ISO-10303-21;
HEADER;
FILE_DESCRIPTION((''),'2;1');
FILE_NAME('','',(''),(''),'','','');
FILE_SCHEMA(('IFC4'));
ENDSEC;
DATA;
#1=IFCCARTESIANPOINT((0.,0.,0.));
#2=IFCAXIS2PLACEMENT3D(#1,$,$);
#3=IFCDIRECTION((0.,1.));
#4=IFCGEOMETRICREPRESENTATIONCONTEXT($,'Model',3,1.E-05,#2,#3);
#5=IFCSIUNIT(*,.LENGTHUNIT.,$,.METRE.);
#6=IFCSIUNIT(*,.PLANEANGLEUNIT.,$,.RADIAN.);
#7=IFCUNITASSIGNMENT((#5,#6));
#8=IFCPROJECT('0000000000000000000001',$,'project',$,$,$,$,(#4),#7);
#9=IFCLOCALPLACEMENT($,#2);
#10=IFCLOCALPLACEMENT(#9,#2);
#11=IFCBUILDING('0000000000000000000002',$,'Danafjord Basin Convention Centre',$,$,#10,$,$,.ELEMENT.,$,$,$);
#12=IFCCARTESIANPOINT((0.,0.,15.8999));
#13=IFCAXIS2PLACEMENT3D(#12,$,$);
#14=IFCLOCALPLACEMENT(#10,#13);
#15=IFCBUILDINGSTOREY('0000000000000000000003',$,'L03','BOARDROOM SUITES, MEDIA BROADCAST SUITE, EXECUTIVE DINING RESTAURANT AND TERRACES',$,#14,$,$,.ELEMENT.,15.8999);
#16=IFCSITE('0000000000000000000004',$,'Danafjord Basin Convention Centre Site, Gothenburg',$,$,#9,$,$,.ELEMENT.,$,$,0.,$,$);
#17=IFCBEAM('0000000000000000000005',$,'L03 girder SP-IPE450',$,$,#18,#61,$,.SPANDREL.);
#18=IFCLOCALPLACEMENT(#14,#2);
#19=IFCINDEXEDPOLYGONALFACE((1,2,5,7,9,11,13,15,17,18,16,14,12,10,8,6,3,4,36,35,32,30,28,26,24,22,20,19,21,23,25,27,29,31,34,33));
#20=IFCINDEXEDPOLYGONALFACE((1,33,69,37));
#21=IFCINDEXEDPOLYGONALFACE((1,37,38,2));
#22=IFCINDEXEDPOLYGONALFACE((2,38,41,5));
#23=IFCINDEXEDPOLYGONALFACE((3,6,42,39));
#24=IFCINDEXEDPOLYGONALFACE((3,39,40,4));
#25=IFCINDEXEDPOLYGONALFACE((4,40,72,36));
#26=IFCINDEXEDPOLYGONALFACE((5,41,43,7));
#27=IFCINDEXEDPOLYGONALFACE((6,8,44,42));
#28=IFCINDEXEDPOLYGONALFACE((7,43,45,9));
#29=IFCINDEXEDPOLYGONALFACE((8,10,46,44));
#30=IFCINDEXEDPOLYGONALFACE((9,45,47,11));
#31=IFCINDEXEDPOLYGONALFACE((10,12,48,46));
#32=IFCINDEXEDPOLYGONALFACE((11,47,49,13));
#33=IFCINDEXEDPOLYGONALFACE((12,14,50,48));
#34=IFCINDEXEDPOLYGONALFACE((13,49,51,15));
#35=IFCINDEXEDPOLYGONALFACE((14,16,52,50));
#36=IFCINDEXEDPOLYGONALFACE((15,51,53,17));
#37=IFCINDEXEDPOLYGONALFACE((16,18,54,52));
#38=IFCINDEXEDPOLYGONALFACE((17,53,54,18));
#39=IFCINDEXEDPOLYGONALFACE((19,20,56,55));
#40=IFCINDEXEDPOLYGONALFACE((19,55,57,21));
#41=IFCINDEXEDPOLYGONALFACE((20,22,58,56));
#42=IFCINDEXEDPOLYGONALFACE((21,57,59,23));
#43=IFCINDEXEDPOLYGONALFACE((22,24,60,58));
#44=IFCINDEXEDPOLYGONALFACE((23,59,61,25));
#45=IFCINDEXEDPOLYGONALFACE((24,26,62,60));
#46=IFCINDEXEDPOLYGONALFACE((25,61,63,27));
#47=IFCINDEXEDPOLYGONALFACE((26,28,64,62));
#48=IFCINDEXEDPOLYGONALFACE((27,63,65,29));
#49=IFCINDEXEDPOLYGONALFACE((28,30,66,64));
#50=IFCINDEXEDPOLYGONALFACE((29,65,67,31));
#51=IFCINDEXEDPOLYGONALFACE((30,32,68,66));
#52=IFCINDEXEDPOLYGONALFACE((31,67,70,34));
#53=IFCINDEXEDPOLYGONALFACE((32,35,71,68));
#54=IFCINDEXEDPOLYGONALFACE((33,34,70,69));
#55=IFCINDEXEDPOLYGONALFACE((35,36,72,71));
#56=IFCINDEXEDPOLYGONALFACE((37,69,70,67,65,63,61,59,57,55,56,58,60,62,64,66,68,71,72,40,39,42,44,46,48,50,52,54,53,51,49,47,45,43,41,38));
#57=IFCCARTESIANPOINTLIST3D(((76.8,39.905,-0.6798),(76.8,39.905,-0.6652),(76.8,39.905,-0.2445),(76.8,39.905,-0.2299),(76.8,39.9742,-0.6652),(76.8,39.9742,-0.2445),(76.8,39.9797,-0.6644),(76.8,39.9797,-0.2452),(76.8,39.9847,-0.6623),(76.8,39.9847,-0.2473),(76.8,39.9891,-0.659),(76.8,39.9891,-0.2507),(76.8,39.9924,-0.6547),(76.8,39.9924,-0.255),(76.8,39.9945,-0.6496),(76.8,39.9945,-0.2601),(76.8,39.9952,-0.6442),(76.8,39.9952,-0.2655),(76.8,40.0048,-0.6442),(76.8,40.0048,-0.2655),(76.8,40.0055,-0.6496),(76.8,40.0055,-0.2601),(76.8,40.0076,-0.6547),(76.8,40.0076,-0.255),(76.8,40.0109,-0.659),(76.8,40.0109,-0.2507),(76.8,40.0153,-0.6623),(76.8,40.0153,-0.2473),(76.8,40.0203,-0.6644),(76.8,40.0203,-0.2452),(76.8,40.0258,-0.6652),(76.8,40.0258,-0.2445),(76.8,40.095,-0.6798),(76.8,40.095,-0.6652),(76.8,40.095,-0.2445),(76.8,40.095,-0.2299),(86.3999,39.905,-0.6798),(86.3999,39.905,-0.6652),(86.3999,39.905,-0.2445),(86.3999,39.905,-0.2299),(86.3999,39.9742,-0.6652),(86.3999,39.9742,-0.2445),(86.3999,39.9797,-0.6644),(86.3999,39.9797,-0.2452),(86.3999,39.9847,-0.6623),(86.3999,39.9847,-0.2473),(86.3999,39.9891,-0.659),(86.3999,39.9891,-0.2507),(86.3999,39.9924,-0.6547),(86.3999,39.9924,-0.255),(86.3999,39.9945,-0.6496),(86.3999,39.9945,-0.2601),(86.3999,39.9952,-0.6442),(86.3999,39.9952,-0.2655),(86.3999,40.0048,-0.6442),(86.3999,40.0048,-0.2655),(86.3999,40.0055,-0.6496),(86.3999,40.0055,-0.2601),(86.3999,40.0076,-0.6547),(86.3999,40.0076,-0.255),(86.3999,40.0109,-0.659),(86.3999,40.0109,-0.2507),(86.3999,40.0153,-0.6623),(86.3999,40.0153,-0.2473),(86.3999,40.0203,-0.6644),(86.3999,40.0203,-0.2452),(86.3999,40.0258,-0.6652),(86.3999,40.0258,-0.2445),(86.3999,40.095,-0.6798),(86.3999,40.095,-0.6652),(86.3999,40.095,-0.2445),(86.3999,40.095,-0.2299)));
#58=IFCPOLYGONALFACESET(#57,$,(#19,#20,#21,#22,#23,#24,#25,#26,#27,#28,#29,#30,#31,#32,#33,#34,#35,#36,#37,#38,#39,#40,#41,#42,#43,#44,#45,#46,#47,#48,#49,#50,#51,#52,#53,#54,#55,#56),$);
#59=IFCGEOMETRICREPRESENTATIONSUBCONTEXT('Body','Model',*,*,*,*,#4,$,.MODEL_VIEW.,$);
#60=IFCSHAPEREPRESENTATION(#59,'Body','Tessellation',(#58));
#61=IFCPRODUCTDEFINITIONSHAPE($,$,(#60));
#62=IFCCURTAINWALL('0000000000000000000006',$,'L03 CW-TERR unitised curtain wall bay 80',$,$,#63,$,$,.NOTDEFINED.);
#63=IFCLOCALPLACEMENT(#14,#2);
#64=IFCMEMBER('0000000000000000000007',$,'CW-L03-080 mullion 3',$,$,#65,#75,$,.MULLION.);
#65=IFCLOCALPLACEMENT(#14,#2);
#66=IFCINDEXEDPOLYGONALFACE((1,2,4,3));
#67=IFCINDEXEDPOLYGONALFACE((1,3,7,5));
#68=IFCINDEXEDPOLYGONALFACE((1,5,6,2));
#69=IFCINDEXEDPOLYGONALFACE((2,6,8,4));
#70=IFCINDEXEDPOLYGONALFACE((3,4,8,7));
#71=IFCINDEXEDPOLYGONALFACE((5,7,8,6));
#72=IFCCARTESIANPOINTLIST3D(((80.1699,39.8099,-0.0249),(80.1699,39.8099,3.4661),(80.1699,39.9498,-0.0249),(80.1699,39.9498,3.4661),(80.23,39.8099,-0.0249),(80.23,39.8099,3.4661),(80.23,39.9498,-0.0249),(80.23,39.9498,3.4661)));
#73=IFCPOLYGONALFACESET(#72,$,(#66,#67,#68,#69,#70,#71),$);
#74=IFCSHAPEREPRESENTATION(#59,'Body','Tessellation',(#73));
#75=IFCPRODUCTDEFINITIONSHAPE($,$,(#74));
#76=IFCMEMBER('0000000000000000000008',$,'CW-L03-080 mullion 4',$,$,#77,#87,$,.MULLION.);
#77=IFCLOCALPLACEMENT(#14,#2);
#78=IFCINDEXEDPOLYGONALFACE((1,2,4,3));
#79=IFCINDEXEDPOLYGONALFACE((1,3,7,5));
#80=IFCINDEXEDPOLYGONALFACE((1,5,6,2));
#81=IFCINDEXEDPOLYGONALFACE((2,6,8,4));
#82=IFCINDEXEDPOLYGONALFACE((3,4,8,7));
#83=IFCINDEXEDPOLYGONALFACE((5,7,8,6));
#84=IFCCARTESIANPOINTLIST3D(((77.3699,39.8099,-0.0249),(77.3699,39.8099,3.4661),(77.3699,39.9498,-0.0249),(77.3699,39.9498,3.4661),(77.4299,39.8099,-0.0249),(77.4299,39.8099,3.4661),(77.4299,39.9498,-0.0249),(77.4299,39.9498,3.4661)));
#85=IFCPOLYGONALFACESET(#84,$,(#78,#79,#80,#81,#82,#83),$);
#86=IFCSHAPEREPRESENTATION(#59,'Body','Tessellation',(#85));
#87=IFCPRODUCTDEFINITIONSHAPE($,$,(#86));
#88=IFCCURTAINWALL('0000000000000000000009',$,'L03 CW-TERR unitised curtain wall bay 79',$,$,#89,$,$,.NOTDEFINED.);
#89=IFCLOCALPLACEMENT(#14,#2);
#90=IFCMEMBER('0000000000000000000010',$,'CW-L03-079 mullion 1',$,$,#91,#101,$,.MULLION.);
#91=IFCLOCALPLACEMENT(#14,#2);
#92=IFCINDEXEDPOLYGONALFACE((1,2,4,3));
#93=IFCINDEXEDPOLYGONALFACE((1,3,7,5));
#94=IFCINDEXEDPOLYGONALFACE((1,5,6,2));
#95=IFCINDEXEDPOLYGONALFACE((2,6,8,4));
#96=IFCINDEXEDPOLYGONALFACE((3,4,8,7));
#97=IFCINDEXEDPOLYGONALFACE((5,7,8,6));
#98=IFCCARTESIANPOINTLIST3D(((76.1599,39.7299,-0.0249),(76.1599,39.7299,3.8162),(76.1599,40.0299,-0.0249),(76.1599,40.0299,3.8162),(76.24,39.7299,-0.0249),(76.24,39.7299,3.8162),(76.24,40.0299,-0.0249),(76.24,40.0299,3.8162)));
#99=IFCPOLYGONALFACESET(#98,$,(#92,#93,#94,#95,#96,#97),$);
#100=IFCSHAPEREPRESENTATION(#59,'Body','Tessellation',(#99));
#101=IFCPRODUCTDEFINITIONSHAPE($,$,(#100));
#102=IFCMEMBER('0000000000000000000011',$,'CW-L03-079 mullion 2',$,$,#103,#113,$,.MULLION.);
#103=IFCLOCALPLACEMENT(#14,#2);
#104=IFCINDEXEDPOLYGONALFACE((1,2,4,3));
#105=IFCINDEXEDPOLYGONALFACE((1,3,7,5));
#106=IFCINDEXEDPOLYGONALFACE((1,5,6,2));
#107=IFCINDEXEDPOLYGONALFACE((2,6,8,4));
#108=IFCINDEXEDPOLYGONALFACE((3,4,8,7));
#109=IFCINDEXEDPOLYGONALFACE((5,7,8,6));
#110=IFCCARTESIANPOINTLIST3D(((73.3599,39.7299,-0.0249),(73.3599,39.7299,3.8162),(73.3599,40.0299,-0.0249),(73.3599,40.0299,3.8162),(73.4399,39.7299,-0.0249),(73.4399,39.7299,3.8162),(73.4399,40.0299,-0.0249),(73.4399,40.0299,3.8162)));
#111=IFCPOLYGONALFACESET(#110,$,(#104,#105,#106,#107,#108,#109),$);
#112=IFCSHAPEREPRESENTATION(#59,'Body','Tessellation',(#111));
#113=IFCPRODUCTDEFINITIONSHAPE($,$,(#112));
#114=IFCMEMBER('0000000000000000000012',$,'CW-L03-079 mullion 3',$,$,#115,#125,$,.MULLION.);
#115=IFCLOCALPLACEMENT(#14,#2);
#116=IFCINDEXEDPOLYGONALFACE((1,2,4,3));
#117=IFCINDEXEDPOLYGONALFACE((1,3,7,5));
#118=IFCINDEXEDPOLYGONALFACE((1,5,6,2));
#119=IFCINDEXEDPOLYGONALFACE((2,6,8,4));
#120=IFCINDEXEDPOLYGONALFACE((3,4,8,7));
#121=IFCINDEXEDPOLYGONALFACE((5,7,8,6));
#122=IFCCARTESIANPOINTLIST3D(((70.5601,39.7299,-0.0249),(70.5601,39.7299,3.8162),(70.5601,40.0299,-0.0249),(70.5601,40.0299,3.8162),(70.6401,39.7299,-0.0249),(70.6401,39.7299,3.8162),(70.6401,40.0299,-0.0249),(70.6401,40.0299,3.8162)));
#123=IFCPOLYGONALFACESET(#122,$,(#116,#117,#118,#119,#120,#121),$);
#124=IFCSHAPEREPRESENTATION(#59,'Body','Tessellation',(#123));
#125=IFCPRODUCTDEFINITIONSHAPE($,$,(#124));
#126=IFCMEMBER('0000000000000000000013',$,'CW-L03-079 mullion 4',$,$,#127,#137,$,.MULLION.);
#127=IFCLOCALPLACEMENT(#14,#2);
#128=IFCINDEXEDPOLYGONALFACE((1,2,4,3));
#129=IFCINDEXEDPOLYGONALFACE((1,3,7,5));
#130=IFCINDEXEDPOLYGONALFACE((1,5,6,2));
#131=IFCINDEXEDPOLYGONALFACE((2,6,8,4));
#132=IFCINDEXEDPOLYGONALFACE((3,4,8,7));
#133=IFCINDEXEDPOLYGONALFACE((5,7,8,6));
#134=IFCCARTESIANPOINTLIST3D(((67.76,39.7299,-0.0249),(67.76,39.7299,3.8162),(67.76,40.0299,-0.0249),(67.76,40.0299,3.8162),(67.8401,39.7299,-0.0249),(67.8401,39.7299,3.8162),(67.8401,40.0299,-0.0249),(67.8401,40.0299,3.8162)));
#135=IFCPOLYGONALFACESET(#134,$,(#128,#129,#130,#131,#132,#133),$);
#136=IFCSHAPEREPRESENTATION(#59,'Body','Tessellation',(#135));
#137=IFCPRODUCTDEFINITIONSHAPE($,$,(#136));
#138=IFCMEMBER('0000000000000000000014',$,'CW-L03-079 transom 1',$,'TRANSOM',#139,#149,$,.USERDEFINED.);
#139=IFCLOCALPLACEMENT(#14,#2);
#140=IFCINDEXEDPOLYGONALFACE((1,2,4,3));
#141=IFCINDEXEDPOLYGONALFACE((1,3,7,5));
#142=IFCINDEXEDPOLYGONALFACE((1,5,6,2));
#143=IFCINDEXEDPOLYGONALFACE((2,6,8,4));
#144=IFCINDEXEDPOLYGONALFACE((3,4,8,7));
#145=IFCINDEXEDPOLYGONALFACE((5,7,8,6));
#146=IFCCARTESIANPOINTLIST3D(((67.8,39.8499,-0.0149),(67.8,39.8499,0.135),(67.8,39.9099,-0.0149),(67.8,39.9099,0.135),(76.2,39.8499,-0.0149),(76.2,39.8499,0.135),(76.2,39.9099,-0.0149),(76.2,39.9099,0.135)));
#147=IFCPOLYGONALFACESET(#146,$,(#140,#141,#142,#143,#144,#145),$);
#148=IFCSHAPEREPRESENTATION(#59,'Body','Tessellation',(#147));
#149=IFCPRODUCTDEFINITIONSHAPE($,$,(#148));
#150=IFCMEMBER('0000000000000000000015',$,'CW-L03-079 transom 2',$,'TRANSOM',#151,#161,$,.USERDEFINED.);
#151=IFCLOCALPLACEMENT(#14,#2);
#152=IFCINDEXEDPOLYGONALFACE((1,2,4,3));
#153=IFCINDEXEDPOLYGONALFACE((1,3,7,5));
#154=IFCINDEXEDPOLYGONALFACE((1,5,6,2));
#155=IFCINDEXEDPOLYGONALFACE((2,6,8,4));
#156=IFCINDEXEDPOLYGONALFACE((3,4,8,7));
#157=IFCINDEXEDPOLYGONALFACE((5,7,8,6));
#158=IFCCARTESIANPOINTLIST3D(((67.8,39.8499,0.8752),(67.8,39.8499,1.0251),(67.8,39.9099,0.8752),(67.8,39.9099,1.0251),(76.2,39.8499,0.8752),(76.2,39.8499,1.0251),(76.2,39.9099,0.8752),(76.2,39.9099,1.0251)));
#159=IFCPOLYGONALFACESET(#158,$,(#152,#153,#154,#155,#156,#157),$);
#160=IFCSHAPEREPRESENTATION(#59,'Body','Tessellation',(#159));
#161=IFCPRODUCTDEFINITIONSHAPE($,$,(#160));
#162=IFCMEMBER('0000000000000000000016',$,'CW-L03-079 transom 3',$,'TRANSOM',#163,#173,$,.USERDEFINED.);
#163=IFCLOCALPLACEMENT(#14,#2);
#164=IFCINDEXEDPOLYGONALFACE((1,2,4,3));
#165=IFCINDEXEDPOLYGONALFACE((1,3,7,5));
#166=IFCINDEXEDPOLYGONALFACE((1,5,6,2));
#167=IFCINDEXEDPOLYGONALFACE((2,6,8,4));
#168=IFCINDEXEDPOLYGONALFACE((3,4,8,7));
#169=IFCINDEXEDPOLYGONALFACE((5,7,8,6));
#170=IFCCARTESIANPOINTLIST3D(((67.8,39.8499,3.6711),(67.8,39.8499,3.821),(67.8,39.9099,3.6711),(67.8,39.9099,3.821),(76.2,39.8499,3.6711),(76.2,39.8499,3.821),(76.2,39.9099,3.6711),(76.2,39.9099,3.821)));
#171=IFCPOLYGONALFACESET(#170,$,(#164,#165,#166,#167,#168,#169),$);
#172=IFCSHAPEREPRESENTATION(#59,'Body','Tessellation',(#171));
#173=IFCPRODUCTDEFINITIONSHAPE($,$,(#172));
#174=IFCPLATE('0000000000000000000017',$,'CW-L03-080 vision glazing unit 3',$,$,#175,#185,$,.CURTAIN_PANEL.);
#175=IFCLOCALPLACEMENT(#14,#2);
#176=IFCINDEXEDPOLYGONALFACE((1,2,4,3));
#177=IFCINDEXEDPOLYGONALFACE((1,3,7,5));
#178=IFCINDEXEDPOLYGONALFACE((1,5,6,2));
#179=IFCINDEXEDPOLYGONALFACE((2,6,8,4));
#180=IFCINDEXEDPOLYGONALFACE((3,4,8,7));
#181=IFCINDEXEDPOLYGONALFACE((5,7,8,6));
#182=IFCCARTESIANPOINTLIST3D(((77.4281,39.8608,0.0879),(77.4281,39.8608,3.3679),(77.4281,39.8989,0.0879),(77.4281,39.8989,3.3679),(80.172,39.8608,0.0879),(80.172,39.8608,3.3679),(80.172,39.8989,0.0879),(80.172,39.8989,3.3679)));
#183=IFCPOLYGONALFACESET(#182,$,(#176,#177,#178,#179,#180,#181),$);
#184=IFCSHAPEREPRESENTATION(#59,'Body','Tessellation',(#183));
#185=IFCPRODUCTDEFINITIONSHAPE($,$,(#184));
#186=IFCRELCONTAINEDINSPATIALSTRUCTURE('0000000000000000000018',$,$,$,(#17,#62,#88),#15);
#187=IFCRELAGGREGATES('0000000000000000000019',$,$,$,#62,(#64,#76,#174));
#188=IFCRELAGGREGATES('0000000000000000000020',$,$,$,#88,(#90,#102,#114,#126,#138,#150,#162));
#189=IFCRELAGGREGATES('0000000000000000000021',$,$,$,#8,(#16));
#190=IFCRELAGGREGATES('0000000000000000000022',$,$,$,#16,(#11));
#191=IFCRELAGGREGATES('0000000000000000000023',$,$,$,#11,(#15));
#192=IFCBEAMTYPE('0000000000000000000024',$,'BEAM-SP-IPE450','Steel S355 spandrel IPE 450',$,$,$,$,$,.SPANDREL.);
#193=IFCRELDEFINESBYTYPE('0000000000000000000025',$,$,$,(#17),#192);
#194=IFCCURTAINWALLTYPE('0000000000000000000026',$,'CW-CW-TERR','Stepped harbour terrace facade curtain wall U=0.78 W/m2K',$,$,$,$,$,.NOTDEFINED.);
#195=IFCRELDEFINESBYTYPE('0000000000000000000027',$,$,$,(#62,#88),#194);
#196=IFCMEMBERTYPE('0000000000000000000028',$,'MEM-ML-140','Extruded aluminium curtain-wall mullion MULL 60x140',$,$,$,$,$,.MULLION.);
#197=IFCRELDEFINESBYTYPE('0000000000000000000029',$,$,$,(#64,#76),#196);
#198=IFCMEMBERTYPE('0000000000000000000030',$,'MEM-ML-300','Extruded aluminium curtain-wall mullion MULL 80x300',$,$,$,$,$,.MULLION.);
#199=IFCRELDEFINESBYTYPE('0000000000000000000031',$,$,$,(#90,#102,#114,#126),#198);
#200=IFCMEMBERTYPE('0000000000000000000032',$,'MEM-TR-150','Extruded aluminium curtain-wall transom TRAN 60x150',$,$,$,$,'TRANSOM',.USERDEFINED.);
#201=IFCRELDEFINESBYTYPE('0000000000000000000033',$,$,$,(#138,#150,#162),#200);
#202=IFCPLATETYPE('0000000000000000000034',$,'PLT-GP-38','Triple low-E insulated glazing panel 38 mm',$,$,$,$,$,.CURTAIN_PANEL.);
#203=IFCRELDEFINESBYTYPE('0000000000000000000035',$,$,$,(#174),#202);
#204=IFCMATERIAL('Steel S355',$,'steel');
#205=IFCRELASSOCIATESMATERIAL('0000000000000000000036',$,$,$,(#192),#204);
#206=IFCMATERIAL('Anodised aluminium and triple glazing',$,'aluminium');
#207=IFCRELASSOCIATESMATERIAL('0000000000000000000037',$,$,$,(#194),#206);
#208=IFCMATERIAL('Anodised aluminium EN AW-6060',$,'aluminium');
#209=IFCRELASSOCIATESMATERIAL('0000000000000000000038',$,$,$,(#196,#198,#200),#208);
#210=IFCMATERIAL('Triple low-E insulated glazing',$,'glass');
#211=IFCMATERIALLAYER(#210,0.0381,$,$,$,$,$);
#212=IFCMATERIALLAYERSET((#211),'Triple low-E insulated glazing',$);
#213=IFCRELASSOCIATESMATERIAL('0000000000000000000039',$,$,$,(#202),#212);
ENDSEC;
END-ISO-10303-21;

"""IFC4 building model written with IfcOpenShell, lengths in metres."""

from ifc_helpers import new_model, si_unit, direction, frame, origin, origin_2d, place, context, subcontext, project, spatial, rectangle, i_section, extrude, material, layer, layer_set, material_profile, profile_set, type_object, element, aggregate, save


model = new_model("IFC4")

# Units and contexts
model_context = context("Model", 3, precision=1e-05, world=origin(), true_north=direction((0.0, 1.0)))
body_context = subcontext(model_context, "Body", "Model", "MODEL_VIEW")
ifc_project = project(units=[si_unit("LENGTHUNIT", "METRE"), si_unit("PLANEANGLEUNIT", "RADIAN")], contexts=[model_context])

# Site, building, storey
site_placement = place(None, origin())
site = spatial("IfcSite", under=ifc_project, at=site_placement, Name="Danafjord Basin Convention Centre Site, Gothenburg", CompositionType="ELEMENT", RefElevation=0.0)
building_placement = place(site_placement, origin())
building = spatial("IfcBuilding", under=site, at=building_placement, Name="Danafjord Basin Convention Centre", CompositionType="ELEMENT")
storey_placement = place(building_placement, frame((0.0, 0.0, 15.8999)))
storey = spatial("IfcBuildingStorey", under=building, at=storey_placement, Name="L03", Description="BOARDROOM SUITES, MEDIA BROADCAST SUITE, EXECUTIVE DINING RESTAURANT AND TERRACES", CompositionType="ELEMENT", Elevation=15.8999)

# Shared definitions
ifc_material_1 = material(Name="Steel S355", Category="steel")

# Beam
ifc_material_profile_1 = material_profile(ifc_material_1, i_section(OverallWidth=0.1899, OverallDepth=0.45, WebThickness=0.0095, FlangeThickness=0.0146, FilletRadius=0.021, at=origin_2d()), Name="IPE 450")
ifc_profile_set_1 = profile_set([ifc_material_profile_1], Name="Steel S355")
beam_type_1 = type_object("IfcBeamType", Name="BEAM-SP-IPE450", Description="Steel S355 spandrel IPE 450", PredefinedType="SPANDREL", material=ifc_profile_set_1)
beam_1_placement = place(storey_placement, frame((76.8, 40.0, -0.4548), z_axis=(1.0, 0.0, 0.0), x_axis=(0.0, 1.0, 0.0)))
element("IfcBeam", 1, at=beam_1_placement, inside=storey, type_object=beam_type_1, Name="L03 girder SP-IPE450", PredefinedType="SPANDREL", context=body_context, shape_type="SweptSolid", body=[
    extrude(i_section(OverallWidth=0.1899, OverallDepth=0.45, WebThickness=0.0095, FlangeThickness=0.0146, FilletRadius=0.021, at=origin_2d()), origin(), (0.0, 0.0, 1.0), 9.5999),
])

# Curtain walls, members
ifc_material_2 = material(Name="Anodised aluminium and triple glazing", Category="aluminium")
curtain_wall_type = type_object("IfcCurtainWallType", Name="CW-CW-TERR", Description="Stepped harbour terrace facade curtain wall U=0.78 W/m2K", PredefinedType="NOTDEFINED", material=ifc_material_2)
curtain_wall_1_placement = place(storey_placement, origin())
curtain_wall_1 = element("IfcCurtainWall", 2, at=curtain_wall_1_placement, inside=storey, type_object=curtain_wall_type, Name="L03 CW-TERR unitised curtain wall bay 80", PredefinedType="NOTDEFINED")
ifc_material_3 = material(Name="Anodised aluminium EN AW-6060", Category="aluminium")
ifc_material_profile_2 = material_profile(ifc_material_3, rectangle(XDim=0.0601, YDim=0.1399, at=origin_2d()), Name="MULL 60x140")
ifc_profile_set_2 = profile_set([ifc_material_profile_2], Name="Anodised aluminium EN AW-6060")
member_type_1 = type_object("IfcMemberType", Name="MEM-ML-140", Description="Extruded aluminium curtain-wall mullion MULL 60x140", PredefinedType="MULLION", material=ifc_profile_set_2)
member_1_placement = place(storey_placement, frame((80.2, 39.8799, -0.0249), z_axis=(0.0, 0.0, 1.0), x_axis=(-1.0, 0.0, 0.0)))
member_1 = element("IfcMember", 3, at=member_1_placement, type_object=member_type_1, Name="CW-L03-080 mullion 3", PredefinedType="MULLION", context=body_context, shape_type="SweptSolid", body=[
    extrude(rectangle(XDim=0.0601, YDim=0.1399, at=origin_2d()), origin(), (0.0, 0.0, 1.0), 3.491),
])
member_2_placement = place(storey_placement, frame((77.3999, 39.8799, -0.0249), z_axis=(0.0, 0.0, 1.0), x_axis=(-1.0, 0.0, 0.0)))
member_2 = element("IfcMember", 4, at=member_2_placement, type_object=member_type_1, Name="CW-L03-080 mullion 4", PredefinedType="MULLION", context=body_context, shape_type="SweptSolid", body=[
    extrude(rectangle(XDim=0.0601, YDim=0.1399, at=origin_2d()), origin(), (0.0, 0.0, 1.0), 3.491),
])
curtain_wall_2_placement = place(storey_placement, origin())
curtain_wall_2 = element("IfcCurtainWall", 5, at=curtain_wall_2_placement, inside=storey, type_object=curtain_wall_type, Name="L03 CW-TERR unitised curtain wall bay 79", PredefinedType="NOTDEFINED")
ifc_material_profile_3 = material_profile(ifc_material_3, rectangle(XDim=0.0801, YDim=0.3, at=origin_2d()), Name="MULL 80x300")
ifc_profile_set_3 = profile_set([ifc_material_profile_3], Name="Anodised aluminium EN AW-6060")
member_type_2 = type_object("IfcMemberType", Name="MEM-ML-300", Description="Extruded aluminium curtain-wall mullion MULL 80x300", PredefinedType="MULLION", material=ifc_profile_set_3)
member_3_placement = place(storey_placement, frame((76.2, 39.8799, -0.0249), z_axis=(0.0, 0.0, 1.0), x_axis=(-1.0, 0.0, 0.0)))
member_3 = element("IfcMember", 6, at=member_3_placement, type_object=member_type_2, Name="CW-L03-079 mullion 1", PredefinedType="MULLION", context=body_context, shape_type="SweptSolid", body=[
    extrude(rectangle(XDim=0.0801, YDim=0.3, at=origin_2d()), origin(), (0.0, 0.0, 1.0), 3.8411),
])
member_4_placement = place(storey_placement, frame((73.3999, 39.8799, -0.0249), z_axis=(0.0, 0.0, 1.0), x_axis=(-1.0, 0.0, 0.0)))
member_4 = element("IfcMember", 7, at=member_4_placement, type_object=member_type_2, Name="CW-L03-079 mullion 2", PredefinedType="MULLION", context=body_context, shape_type="SweptSolid", body=[
    extrude(rectangle(XDim=0.0801, YDim=0.3, at=origin_2d()), origin(), (0.0, 0.0, 1.0), 3.8411),
])
member_5_placement = place(storey_placement, frame((70.6001, 39.8799, -0.0249), z_axis=(0.0, 0.0, 1.0), x_axis=(-1.0, 0.0, 0.0)))
member_5 = element("IfcMember", 8, at=member_5_placement, type_object=member_type_2, Name="CW-L03-079 mullion 3", PredefinedType="MULLION", context=body_context, shape_type="SweptSolid", body=[
    extrude(rectangle(XDim=0.0801, YDim=0.3, at=origin_2d()), origin(), (0.0, 0.0, 1.0), 3.8411),
])
member_6_placement = place(storey_placement, frame((67.8, 39.8799, -0.0249), z_axis=(0.0, 0.0, 1.0), x_axis=(-1.0, 0.0, 0.0)))
member_6 = element("IfcMember", 9, at=member_6_placement, type_object=member_type_2, Name="CW-L03-079 mullion 4", PredefinedType="MULLION", context=body_context, shape_type="SweptSolid", body=[
    extrude(rectangle(XDim=0.0801, YDim=0.3, at=origin_2d()), origin(), (0.0, 0.0, 1.0), 3.8411),
])
ifc_material_profile_4 = material_profile(ifc_material_3, rectangle(XDim=0.0601, YDim=0.1499, at=origin_2d()), Name="TRAN 60x150")
ifc_profile_set_4 = profile_set([ifc_material_profile_4], Name="Anodised aluminium EN AW-6060")
member_type_3 = type_object("IfcMemberType", Name="MEM-TR-150", Description="Extruded aluminium curtain-wall transom TRAN 60x150", ElementType="TRANSOM", PredefinedType="USERDEFINED", material=ifc_profile_set_4)
member_7_placement = place(storey_placement, frame((76.2, 39.8799, 0.0601), z_axis=(-1.0, 0.0, 0.0), x_axis=(0.0, -1.0, 0.0)))
member_7 = element("IfcMember", 10, at=member_7_placement, type_object=member_type_3, Name="CW-L03-079 transom 1", ObjectType="TRANSOM", PredefinedType="USERDEFINED", context=body_context, shape_type="SweptSolid", body=[
    extrude(rectangle(XDim=0.0601, YDim=0.1499, at=origin_2d()), origin(), (0.0, 0.0, 1.0), 8.3999),
])
member_8_placement = place(storey_placement, frame((76.2, 39.8799, 0.9502), z_axis=(-1.0, 0.0, 0.0), x_axis=(0.0, -1.0, 0.0)))
member_8 = element("IfcMember", 11, at=member_8_placement, type_object=member_type_3, Name="CW-L03-079 transom 2", ObjectType="TRANSOM", PredefinedType="USERDEFINED", context=body_context, shape_type="SweptSolid", body=[
    extrude(rectangle(XDim=0.0601, YDim=0.1499, at=origin_2d()), origin(), (0.0, 0.0, 1.0), 8.3999),
])
member_9_placement = place(storey_placement, frame((76.2, 39.8799, 3.7461), z_axis=(-1.0, 0.0, 0.0), x_axis=(0.0, -1.0, 0.0)))
member_9 = element("IfcMember", 12, at=member_9_placement, type_object=member_type_3, Name="CW-L03-079 transom 3", ObjectType="TRANSOM", PredefinedType="USERDEFINED", context=body_context, shape_type="SweptSolid", body=[
    extrude(rectangle(XDim=0.0601, YDim=0.1499, at=origin_2d()), origin(), (0.0, 0.0, 1.0), 8.3999),
])

# Plate
ifc_material_4 = material(Name="Triple low-E insulated glazing", Category="glass")
ifc_layer_1 = layer(ifc_material_4, 0.0381)
ifc_layer_set_1 = layer_set([ifc_layer_1], Name="Triple low-E insulated glazing")
plate_type_1 = type_object("IfcPlateType", Name="PLT-GP-38", Description="Triple low-E insulated glazing panel 38 mm", PredefinedType="CURTAIN_PANEL", material=ifc_layer_set_1)
plate_1_placement = place(storey_placement, frame((78.8, 39.8799, 0.0879), z_axis=(0.0, 0.0, 1.0), x_axis=(-1.0, 0.0, 0.0)))
plate_1 = element("IfcPlate", 13, at=plate_1_placement, type_object=plate_type_1, Name="CW-L03-080 vision glazing unit 3", PredefinedType="CURTAIN_PANEL", context=body_context, shape_type="SweptSolid", body=[
    extrude(rectangle(XDim=2.7439, YDim=0.0381, at=origin_2d()), origin(), (0.0, 0.0, 1.0), 3.28),
])
aggregate(curtain_wall_1, [member_1, member_2, plate_1])
aggregate(curtain_wall_2, [member_3, member_4, member_5, member_6, member_7, member_8, member_9])

save(model, "model.ifc")
